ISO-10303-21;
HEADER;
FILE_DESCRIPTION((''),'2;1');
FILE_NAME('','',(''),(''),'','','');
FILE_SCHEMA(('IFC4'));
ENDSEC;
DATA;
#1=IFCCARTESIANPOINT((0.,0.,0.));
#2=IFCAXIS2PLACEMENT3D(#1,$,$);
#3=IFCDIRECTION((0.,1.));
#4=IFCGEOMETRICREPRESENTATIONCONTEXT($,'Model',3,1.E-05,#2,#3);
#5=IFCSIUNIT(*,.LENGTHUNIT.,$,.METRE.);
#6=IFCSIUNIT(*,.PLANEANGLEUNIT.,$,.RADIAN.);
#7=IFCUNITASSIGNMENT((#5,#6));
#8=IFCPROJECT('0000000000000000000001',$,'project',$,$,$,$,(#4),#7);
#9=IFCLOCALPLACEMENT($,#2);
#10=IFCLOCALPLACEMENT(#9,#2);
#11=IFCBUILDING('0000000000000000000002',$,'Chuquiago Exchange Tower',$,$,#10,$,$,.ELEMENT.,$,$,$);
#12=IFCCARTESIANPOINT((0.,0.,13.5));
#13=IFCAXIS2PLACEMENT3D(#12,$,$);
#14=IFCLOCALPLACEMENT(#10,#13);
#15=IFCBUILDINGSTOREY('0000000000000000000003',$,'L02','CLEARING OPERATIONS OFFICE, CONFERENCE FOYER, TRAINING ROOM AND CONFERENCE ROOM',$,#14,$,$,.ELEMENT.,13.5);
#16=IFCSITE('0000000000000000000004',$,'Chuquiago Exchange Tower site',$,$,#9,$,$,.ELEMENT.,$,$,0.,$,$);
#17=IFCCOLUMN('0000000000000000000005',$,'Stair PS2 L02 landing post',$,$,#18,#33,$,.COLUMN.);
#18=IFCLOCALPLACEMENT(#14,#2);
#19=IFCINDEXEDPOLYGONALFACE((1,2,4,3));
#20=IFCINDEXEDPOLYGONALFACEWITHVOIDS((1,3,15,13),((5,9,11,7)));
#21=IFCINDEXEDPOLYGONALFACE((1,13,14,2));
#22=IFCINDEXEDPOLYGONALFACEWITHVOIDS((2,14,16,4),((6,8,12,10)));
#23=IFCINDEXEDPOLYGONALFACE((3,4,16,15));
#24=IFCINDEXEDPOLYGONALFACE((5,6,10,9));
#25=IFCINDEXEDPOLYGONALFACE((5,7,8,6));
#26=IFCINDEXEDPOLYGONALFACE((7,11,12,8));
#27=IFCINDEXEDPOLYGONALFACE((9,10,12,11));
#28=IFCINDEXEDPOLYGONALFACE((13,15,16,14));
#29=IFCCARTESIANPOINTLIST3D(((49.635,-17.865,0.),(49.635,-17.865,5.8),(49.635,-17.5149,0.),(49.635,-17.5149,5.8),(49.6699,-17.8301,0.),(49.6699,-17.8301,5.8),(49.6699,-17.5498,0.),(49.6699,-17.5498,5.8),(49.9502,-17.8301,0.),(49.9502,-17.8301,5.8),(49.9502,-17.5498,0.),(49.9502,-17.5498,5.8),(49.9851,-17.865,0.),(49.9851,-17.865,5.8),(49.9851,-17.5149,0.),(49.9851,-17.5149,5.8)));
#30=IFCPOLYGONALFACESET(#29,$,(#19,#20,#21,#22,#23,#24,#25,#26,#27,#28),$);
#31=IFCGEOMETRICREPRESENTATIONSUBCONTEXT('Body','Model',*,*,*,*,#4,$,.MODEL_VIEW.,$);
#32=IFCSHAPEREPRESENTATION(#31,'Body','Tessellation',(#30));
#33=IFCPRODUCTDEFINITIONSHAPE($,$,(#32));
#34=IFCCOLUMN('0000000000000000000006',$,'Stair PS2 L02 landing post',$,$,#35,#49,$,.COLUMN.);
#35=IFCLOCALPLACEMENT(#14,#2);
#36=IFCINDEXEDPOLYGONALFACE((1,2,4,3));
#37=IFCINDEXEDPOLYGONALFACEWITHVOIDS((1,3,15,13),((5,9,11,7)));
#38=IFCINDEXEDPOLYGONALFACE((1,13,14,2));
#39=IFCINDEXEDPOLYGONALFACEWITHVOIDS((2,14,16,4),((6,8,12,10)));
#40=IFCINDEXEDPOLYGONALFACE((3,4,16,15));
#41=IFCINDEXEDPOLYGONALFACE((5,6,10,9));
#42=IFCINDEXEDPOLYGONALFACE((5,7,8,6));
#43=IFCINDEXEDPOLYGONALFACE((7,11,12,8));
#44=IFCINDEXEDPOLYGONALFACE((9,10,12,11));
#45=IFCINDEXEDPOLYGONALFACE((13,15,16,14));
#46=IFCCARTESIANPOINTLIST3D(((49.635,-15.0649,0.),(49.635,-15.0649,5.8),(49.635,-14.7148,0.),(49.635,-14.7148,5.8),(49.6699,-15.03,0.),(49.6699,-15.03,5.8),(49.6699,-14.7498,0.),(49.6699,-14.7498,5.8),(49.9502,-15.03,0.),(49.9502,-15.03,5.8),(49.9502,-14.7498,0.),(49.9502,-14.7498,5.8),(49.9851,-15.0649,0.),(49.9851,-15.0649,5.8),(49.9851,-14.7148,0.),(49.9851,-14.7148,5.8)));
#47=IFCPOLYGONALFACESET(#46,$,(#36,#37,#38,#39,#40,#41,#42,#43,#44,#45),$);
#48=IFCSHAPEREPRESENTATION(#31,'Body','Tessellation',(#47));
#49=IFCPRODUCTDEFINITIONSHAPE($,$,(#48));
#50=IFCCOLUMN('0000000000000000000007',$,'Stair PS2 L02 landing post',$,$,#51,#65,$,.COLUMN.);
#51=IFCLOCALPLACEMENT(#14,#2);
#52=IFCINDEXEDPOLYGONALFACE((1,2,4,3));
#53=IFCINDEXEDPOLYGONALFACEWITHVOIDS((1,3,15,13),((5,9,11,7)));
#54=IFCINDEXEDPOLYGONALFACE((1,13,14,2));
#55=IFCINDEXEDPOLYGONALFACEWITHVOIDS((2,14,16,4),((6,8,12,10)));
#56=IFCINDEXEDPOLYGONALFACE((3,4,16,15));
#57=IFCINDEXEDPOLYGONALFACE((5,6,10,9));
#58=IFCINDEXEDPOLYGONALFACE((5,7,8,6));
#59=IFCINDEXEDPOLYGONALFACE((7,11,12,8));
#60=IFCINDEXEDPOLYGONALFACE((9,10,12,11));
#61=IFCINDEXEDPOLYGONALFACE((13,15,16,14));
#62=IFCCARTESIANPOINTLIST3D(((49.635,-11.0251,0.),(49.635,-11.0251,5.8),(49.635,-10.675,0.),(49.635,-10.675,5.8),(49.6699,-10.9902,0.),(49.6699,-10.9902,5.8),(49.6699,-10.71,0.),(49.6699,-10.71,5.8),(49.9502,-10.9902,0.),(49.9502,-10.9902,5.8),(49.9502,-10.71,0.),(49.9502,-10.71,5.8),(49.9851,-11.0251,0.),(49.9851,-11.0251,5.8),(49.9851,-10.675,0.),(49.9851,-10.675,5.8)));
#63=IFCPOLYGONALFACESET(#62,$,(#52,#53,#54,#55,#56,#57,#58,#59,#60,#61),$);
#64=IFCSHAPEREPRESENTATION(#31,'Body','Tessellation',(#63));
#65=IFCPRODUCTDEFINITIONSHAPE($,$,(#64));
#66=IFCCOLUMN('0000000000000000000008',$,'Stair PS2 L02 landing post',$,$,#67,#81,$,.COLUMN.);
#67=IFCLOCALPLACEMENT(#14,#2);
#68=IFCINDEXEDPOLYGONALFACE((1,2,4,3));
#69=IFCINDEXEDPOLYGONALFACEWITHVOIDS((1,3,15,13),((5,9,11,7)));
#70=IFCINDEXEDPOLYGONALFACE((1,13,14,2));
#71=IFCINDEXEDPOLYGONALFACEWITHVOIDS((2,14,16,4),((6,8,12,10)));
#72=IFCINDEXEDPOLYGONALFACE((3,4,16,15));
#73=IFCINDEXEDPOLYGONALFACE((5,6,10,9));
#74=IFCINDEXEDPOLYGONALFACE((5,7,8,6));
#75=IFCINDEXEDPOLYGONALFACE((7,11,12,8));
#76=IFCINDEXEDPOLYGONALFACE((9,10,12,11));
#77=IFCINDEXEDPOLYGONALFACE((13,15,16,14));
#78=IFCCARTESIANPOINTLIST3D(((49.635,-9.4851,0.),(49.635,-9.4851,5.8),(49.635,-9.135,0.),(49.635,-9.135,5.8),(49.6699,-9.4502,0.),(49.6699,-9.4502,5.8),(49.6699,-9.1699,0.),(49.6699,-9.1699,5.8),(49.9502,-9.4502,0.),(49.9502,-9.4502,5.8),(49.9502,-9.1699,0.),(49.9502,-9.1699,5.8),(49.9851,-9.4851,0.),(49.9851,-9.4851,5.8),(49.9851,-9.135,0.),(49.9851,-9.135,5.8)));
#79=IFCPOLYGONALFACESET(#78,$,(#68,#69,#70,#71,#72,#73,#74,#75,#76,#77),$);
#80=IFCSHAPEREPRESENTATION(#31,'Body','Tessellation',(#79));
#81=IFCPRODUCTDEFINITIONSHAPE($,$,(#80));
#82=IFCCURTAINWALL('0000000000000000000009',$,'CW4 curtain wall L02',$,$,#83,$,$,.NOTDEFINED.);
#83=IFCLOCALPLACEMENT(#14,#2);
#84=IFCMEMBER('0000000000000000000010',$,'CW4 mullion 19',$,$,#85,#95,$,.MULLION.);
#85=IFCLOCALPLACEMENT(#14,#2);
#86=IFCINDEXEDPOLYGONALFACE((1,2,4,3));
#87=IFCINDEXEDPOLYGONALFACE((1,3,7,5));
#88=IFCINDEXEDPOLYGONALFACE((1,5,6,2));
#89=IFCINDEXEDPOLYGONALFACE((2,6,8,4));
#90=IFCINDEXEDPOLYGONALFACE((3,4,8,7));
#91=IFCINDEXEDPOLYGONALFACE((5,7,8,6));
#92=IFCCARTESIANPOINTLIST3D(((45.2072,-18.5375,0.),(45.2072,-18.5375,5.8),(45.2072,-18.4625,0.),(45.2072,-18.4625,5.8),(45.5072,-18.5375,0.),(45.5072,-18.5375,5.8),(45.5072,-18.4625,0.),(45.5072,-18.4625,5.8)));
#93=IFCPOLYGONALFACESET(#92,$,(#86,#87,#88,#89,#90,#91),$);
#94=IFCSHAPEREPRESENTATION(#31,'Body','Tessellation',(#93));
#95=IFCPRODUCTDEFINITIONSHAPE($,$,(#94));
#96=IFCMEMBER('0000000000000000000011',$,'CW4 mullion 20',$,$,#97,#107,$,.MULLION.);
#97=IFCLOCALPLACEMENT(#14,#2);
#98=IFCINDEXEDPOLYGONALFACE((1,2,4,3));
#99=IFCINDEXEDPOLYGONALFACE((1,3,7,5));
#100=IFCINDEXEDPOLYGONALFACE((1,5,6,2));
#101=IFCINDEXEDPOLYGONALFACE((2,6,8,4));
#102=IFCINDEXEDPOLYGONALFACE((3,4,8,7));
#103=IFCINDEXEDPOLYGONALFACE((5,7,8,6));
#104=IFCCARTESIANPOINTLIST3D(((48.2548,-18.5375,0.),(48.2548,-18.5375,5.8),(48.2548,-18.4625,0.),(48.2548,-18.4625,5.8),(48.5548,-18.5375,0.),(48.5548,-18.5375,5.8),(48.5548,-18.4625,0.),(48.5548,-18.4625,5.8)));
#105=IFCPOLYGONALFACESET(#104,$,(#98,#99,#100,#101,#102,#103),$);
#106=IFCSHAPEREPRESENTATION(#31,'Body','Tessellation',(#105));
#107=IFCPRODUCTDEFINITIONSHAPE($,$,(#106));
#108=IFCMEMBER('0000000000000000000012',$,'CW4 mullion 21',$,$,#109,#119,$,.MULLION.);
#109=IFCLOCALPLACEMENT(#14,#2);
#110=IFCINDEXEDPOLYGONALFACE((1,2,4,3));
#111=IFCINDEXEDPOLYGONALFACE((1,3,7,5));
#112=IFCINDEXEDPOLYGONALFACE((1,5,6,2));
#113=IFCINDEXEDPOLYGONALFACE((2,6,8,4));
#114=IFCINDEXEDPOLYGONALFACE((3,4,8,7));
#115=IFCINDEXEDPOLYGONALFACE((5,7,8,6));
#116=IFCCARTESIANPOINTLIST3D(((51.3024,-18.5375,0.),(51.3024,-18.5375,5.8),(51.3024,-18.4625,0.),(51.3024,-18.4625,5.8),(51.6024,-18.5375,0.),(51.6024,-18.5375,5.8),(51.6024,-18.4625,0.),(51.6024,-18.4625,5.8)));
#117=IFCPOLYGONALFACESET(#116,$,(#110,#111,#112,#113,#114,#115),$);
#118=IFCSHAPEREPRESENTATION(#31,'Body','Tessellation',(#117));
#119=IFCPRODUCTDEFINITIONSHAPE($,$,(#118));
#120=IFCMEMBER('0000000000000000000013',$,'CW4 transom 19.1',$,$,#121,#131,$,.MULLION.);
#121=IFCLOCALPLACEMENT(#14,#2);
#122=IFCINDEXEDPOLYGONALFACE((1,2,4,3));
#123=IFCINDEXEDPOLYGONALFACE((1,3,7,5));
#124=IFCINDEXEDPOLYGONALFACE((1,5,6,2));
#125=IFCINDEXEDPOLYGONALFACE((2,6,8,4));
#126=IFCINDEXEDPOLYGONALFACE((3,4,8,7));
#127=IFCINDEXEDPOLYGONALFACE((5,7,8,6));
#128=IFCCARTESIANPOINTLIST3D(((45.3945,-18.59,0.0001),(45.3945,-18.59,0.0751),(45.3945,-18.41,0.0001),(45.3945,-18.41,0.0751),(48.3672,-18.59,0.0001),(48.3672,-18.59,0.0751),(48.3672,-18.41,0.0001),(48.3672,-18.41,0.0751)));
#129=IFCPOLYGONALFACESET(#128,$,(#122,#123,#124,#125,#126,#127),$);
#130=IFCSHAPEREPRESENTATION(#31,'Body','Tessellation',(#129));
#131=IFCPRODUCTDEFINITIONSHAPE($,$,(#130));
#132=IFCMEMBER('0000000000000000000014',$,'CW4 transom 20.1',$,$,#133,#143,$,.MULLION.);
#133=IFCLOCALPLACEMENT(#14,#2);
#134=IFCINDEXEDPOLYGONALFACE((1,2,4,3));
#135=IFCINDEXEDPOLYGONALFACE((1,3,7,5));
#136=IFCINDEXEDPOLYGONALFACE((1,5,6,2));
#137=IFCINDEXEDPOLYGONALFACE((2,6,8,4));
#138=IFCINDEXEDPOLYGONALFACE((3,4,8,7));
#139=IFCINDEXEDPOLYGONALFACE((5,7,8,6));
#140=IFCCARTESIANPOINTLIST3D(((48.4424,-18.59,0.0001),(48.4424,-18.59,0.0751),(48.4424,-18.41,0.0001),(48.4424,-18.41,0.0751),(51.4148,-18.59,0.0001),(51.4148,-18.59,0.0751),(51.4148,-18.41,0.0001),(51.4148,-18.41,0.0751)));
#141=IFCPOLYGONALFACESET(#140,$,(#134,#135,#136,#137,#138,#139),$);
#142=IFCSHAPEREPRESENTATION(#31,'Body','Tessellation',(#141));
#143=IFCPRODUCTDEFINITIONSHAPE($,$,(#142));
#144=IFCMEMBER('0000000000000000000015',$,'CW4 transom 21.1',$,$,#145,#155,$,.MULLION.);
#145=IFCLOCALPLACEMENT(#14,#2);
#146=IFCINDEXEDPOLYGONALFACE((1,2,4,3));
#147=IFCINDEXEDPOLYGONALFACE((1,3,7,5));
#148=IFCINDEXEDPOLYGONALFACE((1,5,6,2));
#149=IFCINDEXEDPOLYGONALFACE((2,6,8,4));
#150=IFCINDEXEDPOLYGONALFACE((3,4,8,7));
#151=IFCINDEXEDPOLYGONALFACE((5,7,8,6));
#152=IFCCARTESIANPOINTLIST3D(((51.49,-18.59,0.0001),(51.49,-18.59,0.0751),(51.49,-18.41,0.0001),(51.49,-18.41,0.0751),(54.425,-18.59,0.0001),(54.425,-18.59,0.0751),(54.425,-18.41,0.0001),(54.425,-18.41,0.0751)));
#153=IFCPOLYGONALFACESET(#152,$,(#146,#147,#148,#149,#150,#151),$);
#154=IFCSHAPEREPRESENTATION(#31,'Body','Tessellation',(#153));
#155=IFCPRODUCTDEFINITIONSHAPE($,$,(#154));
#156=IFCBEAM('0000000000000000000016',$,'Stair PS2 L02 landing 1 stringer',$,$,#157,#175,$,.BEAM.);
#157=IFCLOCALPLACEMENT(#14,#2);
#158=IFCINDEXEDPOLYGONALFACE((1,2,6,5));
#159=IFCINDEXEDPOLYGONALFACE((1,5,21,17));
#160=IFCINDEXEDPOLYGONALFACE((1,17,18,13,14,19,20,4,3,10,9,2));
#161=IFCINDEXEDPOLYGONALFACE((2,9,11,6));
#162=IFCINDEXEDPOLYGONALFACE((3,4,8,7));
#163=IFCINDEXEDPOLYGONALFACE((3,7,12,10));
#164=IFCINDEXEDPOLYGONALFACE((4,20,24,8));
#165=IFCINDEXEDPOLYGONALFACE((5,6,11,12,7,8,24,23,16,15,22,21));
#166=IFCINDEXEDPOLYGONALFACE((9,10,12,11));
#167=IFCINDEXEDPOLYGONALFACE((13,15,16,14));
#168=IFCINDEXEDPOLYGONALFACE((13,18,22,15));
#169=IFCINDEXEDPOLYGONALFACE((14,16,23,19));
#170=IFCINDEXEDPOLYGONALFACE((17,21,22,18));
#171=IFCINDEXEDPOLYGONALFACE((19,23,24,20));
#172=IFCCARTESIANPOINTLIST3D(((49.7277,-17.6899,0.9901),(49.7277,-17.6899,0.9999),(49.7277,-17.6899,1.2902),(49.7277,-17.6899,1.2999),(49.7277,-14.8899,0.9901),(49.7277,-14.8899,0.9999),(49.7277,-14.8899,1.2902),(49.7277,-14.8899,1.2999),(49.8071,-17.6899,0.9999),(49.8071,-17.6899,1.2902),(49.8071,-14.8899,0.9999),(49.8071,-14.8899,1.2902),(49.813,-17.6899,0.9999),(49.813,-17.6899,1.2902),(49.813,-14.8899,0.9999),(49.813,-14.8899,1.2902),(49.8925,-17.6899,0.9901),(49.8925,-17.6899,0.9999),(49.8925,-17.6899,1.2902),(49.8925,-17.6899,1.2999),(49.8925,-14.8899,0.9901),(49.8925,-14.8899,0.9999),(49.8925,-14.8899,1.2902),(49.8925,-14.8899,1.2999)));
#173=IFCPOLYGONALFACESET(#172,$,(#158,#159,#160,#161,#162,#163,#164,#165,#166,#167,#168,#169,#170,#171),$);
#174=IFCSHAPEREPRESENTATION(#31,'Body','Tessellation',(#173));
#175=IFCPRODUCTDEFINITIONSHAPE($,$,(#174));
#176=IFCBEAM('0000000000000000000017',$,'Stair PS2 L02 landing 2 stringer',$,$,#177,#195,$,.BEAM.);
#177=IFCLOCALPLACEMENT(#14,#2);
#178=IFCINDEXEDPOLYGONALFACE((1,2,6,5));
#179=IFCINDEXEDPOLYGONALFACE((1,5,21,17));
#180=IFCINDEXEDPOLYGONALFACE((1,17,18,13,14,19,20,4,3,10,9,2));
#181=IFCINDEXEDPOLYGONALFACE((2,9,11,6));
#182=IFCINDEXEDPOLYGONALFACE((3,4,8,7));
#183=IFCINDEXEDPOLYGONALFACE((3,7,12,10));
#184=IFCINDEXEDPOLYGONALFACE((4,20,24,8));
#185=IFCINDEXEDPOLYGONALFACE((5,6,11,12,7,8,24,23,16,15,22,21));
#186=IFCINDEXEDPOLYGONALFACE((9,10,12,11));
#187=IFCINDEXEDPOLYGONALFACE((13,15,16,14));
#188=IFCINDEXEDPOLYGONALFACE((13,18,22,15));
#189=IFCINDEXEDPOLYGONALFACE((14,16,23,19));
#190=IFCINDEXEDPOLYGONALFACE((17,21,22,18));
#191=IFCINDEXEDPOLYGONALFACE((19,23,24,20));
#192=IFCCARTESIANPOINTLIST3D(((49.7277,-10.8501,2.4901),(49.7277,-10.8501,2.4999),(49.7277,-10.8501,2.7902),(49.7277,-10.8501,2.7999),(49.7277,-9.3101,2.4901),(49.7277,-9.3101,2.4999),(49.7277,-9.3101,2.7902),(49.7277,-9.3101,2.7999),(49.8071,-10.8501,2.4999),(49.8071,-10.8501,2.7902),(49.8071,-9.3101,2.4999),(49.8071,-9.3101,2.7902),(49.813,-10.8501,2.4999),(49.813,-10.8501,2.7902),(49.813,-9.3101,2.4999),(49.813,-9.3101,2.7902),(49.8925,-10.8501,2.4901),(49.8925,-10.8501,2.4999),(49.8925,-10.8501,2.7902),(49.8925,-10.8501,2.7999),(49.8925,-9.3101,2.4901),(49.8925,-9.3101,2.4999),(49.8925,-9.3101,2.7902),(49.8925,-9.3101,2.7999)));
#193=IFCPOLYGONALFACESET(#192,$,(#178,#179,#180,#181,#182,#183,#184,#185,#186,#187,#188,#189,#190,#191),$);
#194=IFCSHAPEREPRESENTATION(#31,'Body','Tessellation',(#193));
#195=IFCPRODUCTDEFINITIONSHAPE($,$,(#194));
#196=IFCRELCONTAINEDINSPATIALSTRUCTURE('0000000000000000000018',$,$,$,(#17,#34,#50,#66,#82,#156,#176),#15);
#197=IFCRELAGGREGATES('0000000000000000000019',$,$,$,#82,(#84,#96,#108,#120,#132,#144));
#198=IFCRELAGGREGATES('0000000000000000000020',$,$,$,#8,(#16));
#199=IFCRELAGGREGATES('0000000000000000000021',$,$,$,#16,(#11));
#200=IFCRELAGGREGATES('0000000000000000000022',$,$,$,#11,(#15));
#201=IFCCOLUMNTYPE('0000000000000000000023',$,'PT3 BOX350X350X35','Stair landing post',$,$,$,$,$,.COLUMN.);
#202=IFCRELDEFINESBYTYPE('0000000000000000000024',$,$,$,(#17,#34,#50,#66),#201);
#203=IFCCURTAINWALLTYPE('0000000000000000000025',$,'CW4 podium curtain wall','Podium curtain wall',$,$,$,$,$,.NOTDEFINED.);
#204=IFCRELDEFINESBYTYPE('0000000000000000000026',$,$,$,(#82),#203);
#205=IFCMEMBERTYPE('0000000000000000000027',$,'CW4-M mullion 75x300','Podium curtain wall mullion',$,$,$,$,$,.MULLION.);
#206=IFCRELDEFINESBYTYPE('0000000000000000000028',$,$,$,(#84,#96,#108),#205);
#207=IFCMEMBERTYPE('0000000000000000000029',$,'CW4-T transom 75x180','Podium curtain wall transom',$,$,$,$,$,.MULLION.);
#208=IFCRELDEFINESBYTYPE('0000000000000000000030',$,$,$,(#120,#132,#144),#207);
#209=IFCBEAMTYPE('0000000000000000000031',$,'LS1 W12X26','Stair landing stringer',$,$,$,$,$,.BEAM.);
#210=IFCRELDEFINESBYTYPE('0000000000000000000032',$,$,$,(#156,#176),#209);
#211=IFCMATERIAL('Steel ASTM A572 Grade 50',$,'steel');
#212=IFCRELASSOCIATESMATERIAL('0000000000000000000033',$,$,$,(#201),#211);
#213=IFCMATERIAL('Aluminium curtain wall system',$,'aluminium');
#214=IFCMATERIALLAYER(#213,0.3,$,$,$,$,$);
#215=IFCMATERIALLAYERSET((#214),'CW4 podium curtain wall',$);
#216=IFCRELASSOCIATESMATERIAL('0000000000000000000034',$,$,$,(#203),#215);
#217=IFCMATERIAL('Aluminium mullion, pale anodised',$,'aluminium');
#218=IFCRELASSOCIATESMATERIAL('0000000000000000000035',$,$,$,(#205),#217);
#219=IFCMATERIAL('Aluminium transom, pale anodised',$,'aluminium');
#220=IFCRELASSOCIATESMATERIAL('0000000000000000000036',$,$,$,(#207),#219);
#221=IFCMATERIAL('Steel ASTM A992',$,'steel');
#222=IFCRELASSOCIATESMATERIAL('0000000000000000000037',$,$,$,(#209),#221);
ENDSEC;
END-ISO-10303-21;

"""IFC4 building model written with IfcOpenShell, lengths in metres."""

from ifc_helpers import new_model, si_unit, direction, frame, origin, origin_2d, place, context, subcontext, project, spatial, rectangle, hollow_rectangle, i_section, extrude, material, layer, layer_set, material_profile, profile_set, type_object, element, aggregate, save


model = new_model("IFC4")

# Units and contexts
model_context = context("Model", 3, precision=1e-05, world=origin(), true_north=direction((0.0, 1.0)))
body_context = subcontext(model_context, "Body", "Model", "MODEL_VIEW")
ifc_project = project(units=[si_unit("LENGTHUNIT", "METRE"), si_unit("PLANEANGLEUNIT", "RADIAN")], contexts=[model_context])

# Site, building, storey
site_placement = place(None, origin())
site = spatial("IfcSite", under=ifc_project, at=site_placement, Name="Chuquiago Exchange Tower site", CompositionType="ELEMENT", RefElevation=0.0)
building_placement = place(site_placement, origin())
building = spatial("IfcBuilding", under=site, at=building_placement, Name="Chuquiago Exchange Tower", CompositionType="ELEMENT")
storey_placement = place(building_placement, frame((0.0, 0.0, 13.5)))
storey = spatial("IfcBuildingStorey", under=building, at=storey_placement, Name="L02", Description="CLEARING OPERATIONS OFFICE, CONFERENCE FOYER, TRAINING ROOM AND CONFERENCE ROOM", CompositionType="ELEMENT", Elevation=13.5)

# Columns
ifc_material_1 = material(Name="Steel ASTM A572 Grade 50", Category="steel")
ifc_material_profile_1 = material_profile(ifc_material_1, hollow_rectangle(XDim=0.3501, YDim=0.3501, WallThickness=0.0349, at=origin_2d()), Name="BOX350X350X35")
ifc_profile_set_1 = profile_set([ifc_material_profile_1], Name="Steel ASTM A572 Grade 50")
column_type = type_object("IfcColumnType", Name="PT3 BOX350X350X35", Description="Stair landing post", PredefinedType="COLUMN", material=ifc_profile_set_1)
for number, where, z_axis, x_axis, name in (
    (1, (49.8101, -17.6899, 0.0), (0.0, 0.0, 1.0), (1.0, 0.0, 0.0), "Stair PS2 L02 landing post"),
    (2, (49.8101, -14.8899, 0.0), (0.0, 0.0, 1.0), (1.0, 0.0, 0.0), "Stair PS2 L02 landing post"),
    (3, (49.8101, -10.8501, 0.0), (0.0, 0.0, 1.0), (1.0, 0.0, 0.0), "Stair PS2 L02 landing post"),
    (4, (49.8101, -9.3101, 0.0), (0.0, 0.0, 1.0), (1.0, 0.0, 0.0), "Stair PS2 L02 landing post"),
):
    element("IfcColumn", number, at=place(storey_placement, frame(where, z_axis=z_axis, x_axis=x_axis)), inside=storey, type_object=column_type, Name=name, PredefinedType="COLUMN", context=body_context, shape_type="SweptSolid", body=[
        extrude(hollow_rectangle(XDim=0.3501, YDim=0.3501, WallThickness=0.0349, at=origin_2d()), origin(), (0.0, 0.0, 1.0), 5.8),
    ])

# Curtain wall, members
ifc_material_2 = material(Name="Aluminium curtain wall system", Category="aluminium")
ifc_layer_1 = layer(ifc_material_2, 0.3)
ifc_layer_set_1 = layer_set([ifc_layer_1], Name="CW4 podium curtain wall")
curtain_wall_type = type_object("IfcCurtainWallType", Name="CW4 podium curtain wall", Description="Podium curtain wall", PredefinedType="NOTDEFINED", material=ifc_layer_set_1)
curtain_wall_placement = place(storey_placement, origin())
curtain_wall = element("IfcCurtainWall", 5, at=curtain_wall_placement, inside=storey, type_object=curtain_wall_type, Name="CW4 curtain wall L02", PredefinedType="NOTDEFINED")
ifc_material_3 = material(Name="Aluminium mullion, pale anodised", Category="aluminium")
ifc_material_profile_2 = material_profile(ifc_material_3, rectangle(XDim=0.075, YDim=0.3, at=origin_2d()), Name="AL 75x300")
ifc_profile_set_2 = profile_set([ifc_material_profile_2], Name="Aluminium mullion, pale anodised")
member_type_1 = type_object("IfcMemberType", Name="CW4-M mullion 75x300", Description="Podium curtain wall mullion", PredefinedType="MULLION", material=ifc_profile_set_2)
member_1_placement = place(storey_placement, frame((45.3572, -18.5, 0.0), z_axis=(0.0, 0.0, 1.0), x_axis=(0.0, 1.0, 0.0)))
member_1 = element("IfcMember", 6, at=member_1_placement, type_object=member_type_1, Name="CW4 mullion 19", PredefinedType="MULLION", context=body_context, shape_type="SweptSolid", body=[
    extrude(rectangle(XDim=0.075, YDim=0.3, at=origin_2d()), origin(), (0.0, 0.0, 1.0), 5.8),
])
member_2_placement = place(storey_placement, frame((48.4048, -18.5, 0.0), z_axis=(0.0, 0.0, 1.0), x_axis=(0.0, 1.0, 0.0)))
member_2 = element("IfcMember", 7, at=member_2_placement, type_object=member_type_1, Name="CW4 mullion 20", PredefinedType="MULLION", context=body_context, shape_type="SweptSolid", body=[
    extrude(rectangle(XDim=0.075, YDim=0.3, at=origin_2d()), origin(), (0.0, 0.0, 1.0), 5.8),
])
member_3_placement = place(storey_placement, frame((51.4524, -18.5, 0.0), z_axis=(0.0, 0.0, 1.0), x_axis=(0.0, 1.0, 0.0)))
member_3 = element("IfcMember", 8, at=member_3_placement, type_object=member_type_1, Name="CW4 mullion 21", PredefinedType="MULLION", context=body_context, shape_type="SweptSolid", body=[
    extrude(rectangle(XDim=0.075, YDim=0.3, at=origin_2d()), origin(), (0.0, 0.0, 1.0), 5.8),
])
ifc_material_4 = material(Name="Aluminium transom, pale anodised", Category="aluminium")
ifc_material_profile_3 = material_profile(ifc_material_4, rectangle(XDim=0.1799, YDim=0.075, at=origin_2d()), Name="AL 180x75")
ifc_profile_set_3 = profile_set([ifc_material_profile_3], Name="Aluminium transom, pale anodised")
member_type_2 = type_object("IfcMemberType", Name="CW4-T transom 75x180", Description="Podium curtain wall transom", PredefinedType="MULLION", material=ifc_profile_set_3)
member_4_placement = place(storey_placement, frame((45.3945, -18.5, 0.0376), z_axis=(1.0, 0.0, 0.0), x_axis=(0.0, 1.0, 0.0)))
member_4 = element("IfcMember", 9, at=member_4_placement, type_object=member_type_2, Name="CW4 transom 19.1", PredefinedType="MULLION", context=body_context, shape_type="SweptSolid", body=[
    extrude(rectangle(XDim=0.1799, YDim=0.075, at=origin_2d()), origin(), (0.0, 0.0, 1.0), 2.9727),
])
member_5_placement = place(storey_placement, frame((48.4424, -18.5, 0.0376), z_axis=(1.0, 0.0, 0.0), x_axis=(0.0, 1.0, 0.0)))
member_5 = element("IfcMember", 10, at=member_5_placement, type_object=member_type_2, Name="CW4 transom 20.1", PredefinedType="MULLION", context=body_context, shape_type="SweptSolid", body=[
    extrude(rectangle(XDim=0.1799, YDim=0.075, at=origin_2d()), origin(), (0.0, 0.0, 1.0), 2.9724),
])
member_6_placement = place(storey_placement, frame((51.49, -18.5, 0.0376), z_axis=(1.0, 0.0, 0.0), x_axis=(0.0, 1.0, 0.0)))
member_6 = element("IfcMember", 11, at=member_6_placement, type_object=member_type_2, Name="CW4 transom 21.1", PredefinedType="MULLION", context=body_context, shape_type="SweptSolid", body=[
    extrude(rectangle(XDim=0.1799, YDim=0.075, at=origin_2d()), origin(), (0.0, 0.0, 1.0), 2.9351),
])

# Beams
ifc_material_5 = material(Name="Steel ASTM A992", Category="steel")
ifc_material_profile_4 = material_profile(ifc_material_5, i_section(OverallWidth=0.1648, OverallDepth=0.3098, WebThickness=0.0059, FlangeThickness=0.0098, at=origin_2d()), Name="W12X26")
ifc_profile_set_4 = profile_set([ifc_material_profile_4], Name="Steel ASTM A992")
beam_type_1 = type_object("IfcBeamType", Name="LS1 W12X26", Description="Stair landing stringer", PredefinedType="BEAM", material=ifc_profile_set_4)
beam_1_placement = place(storey_placement, frame((49.8101, -17.6899, 1.145), z_axis=(0.0, 1.0, 0.0), x_axis=(-1.0, 0.0, 0.0)))
element("IfcBeam", 12, at=beam_1_placement, inside=storey, type_object=beam_type_1, Name="Stair PS2 L02 landing 1 stringer", PredefinedType="BEAM", context=body_context, shape_type="SweptSolid", body=[
    extrude(i_section(OverallWidth=0.1648, OverallDepth=0.3098, WebThickness=0.0059, FlangeThickness=0.0098, at=origin_2d()), origin(), (0.0, 0.0, 1.0), 2.8),
])
beam_2_placement = place(storey_placement, frame((49.8101, -10.8501, 2.645), z_axis=(0.0, 1.0, 0.0), x_axis=(-1.0, 0.0, 0.0)))
element("IfcBeam", 13, at=beam_2_placement, inside=storey, type_object=beam_type_1, Name="Stair PS2 L02 landing 2 stringer", PredefinedType="BEAM", context=body_context, shape_type="SweptSolid", body=[
    extrude(i_section(OverallWidth=0.1648, OverallDepth=0.3098, WebThickness=0.0059, FlangeThickness=0.0098, at=origin_2d()), origin(), (0.0, 0.0, 1.0), 1.54),
])

aggregate(curtain_wall, [member_1, member_2, member_3, member_4, member_5, member_6])

save(model, "model.ifc")
